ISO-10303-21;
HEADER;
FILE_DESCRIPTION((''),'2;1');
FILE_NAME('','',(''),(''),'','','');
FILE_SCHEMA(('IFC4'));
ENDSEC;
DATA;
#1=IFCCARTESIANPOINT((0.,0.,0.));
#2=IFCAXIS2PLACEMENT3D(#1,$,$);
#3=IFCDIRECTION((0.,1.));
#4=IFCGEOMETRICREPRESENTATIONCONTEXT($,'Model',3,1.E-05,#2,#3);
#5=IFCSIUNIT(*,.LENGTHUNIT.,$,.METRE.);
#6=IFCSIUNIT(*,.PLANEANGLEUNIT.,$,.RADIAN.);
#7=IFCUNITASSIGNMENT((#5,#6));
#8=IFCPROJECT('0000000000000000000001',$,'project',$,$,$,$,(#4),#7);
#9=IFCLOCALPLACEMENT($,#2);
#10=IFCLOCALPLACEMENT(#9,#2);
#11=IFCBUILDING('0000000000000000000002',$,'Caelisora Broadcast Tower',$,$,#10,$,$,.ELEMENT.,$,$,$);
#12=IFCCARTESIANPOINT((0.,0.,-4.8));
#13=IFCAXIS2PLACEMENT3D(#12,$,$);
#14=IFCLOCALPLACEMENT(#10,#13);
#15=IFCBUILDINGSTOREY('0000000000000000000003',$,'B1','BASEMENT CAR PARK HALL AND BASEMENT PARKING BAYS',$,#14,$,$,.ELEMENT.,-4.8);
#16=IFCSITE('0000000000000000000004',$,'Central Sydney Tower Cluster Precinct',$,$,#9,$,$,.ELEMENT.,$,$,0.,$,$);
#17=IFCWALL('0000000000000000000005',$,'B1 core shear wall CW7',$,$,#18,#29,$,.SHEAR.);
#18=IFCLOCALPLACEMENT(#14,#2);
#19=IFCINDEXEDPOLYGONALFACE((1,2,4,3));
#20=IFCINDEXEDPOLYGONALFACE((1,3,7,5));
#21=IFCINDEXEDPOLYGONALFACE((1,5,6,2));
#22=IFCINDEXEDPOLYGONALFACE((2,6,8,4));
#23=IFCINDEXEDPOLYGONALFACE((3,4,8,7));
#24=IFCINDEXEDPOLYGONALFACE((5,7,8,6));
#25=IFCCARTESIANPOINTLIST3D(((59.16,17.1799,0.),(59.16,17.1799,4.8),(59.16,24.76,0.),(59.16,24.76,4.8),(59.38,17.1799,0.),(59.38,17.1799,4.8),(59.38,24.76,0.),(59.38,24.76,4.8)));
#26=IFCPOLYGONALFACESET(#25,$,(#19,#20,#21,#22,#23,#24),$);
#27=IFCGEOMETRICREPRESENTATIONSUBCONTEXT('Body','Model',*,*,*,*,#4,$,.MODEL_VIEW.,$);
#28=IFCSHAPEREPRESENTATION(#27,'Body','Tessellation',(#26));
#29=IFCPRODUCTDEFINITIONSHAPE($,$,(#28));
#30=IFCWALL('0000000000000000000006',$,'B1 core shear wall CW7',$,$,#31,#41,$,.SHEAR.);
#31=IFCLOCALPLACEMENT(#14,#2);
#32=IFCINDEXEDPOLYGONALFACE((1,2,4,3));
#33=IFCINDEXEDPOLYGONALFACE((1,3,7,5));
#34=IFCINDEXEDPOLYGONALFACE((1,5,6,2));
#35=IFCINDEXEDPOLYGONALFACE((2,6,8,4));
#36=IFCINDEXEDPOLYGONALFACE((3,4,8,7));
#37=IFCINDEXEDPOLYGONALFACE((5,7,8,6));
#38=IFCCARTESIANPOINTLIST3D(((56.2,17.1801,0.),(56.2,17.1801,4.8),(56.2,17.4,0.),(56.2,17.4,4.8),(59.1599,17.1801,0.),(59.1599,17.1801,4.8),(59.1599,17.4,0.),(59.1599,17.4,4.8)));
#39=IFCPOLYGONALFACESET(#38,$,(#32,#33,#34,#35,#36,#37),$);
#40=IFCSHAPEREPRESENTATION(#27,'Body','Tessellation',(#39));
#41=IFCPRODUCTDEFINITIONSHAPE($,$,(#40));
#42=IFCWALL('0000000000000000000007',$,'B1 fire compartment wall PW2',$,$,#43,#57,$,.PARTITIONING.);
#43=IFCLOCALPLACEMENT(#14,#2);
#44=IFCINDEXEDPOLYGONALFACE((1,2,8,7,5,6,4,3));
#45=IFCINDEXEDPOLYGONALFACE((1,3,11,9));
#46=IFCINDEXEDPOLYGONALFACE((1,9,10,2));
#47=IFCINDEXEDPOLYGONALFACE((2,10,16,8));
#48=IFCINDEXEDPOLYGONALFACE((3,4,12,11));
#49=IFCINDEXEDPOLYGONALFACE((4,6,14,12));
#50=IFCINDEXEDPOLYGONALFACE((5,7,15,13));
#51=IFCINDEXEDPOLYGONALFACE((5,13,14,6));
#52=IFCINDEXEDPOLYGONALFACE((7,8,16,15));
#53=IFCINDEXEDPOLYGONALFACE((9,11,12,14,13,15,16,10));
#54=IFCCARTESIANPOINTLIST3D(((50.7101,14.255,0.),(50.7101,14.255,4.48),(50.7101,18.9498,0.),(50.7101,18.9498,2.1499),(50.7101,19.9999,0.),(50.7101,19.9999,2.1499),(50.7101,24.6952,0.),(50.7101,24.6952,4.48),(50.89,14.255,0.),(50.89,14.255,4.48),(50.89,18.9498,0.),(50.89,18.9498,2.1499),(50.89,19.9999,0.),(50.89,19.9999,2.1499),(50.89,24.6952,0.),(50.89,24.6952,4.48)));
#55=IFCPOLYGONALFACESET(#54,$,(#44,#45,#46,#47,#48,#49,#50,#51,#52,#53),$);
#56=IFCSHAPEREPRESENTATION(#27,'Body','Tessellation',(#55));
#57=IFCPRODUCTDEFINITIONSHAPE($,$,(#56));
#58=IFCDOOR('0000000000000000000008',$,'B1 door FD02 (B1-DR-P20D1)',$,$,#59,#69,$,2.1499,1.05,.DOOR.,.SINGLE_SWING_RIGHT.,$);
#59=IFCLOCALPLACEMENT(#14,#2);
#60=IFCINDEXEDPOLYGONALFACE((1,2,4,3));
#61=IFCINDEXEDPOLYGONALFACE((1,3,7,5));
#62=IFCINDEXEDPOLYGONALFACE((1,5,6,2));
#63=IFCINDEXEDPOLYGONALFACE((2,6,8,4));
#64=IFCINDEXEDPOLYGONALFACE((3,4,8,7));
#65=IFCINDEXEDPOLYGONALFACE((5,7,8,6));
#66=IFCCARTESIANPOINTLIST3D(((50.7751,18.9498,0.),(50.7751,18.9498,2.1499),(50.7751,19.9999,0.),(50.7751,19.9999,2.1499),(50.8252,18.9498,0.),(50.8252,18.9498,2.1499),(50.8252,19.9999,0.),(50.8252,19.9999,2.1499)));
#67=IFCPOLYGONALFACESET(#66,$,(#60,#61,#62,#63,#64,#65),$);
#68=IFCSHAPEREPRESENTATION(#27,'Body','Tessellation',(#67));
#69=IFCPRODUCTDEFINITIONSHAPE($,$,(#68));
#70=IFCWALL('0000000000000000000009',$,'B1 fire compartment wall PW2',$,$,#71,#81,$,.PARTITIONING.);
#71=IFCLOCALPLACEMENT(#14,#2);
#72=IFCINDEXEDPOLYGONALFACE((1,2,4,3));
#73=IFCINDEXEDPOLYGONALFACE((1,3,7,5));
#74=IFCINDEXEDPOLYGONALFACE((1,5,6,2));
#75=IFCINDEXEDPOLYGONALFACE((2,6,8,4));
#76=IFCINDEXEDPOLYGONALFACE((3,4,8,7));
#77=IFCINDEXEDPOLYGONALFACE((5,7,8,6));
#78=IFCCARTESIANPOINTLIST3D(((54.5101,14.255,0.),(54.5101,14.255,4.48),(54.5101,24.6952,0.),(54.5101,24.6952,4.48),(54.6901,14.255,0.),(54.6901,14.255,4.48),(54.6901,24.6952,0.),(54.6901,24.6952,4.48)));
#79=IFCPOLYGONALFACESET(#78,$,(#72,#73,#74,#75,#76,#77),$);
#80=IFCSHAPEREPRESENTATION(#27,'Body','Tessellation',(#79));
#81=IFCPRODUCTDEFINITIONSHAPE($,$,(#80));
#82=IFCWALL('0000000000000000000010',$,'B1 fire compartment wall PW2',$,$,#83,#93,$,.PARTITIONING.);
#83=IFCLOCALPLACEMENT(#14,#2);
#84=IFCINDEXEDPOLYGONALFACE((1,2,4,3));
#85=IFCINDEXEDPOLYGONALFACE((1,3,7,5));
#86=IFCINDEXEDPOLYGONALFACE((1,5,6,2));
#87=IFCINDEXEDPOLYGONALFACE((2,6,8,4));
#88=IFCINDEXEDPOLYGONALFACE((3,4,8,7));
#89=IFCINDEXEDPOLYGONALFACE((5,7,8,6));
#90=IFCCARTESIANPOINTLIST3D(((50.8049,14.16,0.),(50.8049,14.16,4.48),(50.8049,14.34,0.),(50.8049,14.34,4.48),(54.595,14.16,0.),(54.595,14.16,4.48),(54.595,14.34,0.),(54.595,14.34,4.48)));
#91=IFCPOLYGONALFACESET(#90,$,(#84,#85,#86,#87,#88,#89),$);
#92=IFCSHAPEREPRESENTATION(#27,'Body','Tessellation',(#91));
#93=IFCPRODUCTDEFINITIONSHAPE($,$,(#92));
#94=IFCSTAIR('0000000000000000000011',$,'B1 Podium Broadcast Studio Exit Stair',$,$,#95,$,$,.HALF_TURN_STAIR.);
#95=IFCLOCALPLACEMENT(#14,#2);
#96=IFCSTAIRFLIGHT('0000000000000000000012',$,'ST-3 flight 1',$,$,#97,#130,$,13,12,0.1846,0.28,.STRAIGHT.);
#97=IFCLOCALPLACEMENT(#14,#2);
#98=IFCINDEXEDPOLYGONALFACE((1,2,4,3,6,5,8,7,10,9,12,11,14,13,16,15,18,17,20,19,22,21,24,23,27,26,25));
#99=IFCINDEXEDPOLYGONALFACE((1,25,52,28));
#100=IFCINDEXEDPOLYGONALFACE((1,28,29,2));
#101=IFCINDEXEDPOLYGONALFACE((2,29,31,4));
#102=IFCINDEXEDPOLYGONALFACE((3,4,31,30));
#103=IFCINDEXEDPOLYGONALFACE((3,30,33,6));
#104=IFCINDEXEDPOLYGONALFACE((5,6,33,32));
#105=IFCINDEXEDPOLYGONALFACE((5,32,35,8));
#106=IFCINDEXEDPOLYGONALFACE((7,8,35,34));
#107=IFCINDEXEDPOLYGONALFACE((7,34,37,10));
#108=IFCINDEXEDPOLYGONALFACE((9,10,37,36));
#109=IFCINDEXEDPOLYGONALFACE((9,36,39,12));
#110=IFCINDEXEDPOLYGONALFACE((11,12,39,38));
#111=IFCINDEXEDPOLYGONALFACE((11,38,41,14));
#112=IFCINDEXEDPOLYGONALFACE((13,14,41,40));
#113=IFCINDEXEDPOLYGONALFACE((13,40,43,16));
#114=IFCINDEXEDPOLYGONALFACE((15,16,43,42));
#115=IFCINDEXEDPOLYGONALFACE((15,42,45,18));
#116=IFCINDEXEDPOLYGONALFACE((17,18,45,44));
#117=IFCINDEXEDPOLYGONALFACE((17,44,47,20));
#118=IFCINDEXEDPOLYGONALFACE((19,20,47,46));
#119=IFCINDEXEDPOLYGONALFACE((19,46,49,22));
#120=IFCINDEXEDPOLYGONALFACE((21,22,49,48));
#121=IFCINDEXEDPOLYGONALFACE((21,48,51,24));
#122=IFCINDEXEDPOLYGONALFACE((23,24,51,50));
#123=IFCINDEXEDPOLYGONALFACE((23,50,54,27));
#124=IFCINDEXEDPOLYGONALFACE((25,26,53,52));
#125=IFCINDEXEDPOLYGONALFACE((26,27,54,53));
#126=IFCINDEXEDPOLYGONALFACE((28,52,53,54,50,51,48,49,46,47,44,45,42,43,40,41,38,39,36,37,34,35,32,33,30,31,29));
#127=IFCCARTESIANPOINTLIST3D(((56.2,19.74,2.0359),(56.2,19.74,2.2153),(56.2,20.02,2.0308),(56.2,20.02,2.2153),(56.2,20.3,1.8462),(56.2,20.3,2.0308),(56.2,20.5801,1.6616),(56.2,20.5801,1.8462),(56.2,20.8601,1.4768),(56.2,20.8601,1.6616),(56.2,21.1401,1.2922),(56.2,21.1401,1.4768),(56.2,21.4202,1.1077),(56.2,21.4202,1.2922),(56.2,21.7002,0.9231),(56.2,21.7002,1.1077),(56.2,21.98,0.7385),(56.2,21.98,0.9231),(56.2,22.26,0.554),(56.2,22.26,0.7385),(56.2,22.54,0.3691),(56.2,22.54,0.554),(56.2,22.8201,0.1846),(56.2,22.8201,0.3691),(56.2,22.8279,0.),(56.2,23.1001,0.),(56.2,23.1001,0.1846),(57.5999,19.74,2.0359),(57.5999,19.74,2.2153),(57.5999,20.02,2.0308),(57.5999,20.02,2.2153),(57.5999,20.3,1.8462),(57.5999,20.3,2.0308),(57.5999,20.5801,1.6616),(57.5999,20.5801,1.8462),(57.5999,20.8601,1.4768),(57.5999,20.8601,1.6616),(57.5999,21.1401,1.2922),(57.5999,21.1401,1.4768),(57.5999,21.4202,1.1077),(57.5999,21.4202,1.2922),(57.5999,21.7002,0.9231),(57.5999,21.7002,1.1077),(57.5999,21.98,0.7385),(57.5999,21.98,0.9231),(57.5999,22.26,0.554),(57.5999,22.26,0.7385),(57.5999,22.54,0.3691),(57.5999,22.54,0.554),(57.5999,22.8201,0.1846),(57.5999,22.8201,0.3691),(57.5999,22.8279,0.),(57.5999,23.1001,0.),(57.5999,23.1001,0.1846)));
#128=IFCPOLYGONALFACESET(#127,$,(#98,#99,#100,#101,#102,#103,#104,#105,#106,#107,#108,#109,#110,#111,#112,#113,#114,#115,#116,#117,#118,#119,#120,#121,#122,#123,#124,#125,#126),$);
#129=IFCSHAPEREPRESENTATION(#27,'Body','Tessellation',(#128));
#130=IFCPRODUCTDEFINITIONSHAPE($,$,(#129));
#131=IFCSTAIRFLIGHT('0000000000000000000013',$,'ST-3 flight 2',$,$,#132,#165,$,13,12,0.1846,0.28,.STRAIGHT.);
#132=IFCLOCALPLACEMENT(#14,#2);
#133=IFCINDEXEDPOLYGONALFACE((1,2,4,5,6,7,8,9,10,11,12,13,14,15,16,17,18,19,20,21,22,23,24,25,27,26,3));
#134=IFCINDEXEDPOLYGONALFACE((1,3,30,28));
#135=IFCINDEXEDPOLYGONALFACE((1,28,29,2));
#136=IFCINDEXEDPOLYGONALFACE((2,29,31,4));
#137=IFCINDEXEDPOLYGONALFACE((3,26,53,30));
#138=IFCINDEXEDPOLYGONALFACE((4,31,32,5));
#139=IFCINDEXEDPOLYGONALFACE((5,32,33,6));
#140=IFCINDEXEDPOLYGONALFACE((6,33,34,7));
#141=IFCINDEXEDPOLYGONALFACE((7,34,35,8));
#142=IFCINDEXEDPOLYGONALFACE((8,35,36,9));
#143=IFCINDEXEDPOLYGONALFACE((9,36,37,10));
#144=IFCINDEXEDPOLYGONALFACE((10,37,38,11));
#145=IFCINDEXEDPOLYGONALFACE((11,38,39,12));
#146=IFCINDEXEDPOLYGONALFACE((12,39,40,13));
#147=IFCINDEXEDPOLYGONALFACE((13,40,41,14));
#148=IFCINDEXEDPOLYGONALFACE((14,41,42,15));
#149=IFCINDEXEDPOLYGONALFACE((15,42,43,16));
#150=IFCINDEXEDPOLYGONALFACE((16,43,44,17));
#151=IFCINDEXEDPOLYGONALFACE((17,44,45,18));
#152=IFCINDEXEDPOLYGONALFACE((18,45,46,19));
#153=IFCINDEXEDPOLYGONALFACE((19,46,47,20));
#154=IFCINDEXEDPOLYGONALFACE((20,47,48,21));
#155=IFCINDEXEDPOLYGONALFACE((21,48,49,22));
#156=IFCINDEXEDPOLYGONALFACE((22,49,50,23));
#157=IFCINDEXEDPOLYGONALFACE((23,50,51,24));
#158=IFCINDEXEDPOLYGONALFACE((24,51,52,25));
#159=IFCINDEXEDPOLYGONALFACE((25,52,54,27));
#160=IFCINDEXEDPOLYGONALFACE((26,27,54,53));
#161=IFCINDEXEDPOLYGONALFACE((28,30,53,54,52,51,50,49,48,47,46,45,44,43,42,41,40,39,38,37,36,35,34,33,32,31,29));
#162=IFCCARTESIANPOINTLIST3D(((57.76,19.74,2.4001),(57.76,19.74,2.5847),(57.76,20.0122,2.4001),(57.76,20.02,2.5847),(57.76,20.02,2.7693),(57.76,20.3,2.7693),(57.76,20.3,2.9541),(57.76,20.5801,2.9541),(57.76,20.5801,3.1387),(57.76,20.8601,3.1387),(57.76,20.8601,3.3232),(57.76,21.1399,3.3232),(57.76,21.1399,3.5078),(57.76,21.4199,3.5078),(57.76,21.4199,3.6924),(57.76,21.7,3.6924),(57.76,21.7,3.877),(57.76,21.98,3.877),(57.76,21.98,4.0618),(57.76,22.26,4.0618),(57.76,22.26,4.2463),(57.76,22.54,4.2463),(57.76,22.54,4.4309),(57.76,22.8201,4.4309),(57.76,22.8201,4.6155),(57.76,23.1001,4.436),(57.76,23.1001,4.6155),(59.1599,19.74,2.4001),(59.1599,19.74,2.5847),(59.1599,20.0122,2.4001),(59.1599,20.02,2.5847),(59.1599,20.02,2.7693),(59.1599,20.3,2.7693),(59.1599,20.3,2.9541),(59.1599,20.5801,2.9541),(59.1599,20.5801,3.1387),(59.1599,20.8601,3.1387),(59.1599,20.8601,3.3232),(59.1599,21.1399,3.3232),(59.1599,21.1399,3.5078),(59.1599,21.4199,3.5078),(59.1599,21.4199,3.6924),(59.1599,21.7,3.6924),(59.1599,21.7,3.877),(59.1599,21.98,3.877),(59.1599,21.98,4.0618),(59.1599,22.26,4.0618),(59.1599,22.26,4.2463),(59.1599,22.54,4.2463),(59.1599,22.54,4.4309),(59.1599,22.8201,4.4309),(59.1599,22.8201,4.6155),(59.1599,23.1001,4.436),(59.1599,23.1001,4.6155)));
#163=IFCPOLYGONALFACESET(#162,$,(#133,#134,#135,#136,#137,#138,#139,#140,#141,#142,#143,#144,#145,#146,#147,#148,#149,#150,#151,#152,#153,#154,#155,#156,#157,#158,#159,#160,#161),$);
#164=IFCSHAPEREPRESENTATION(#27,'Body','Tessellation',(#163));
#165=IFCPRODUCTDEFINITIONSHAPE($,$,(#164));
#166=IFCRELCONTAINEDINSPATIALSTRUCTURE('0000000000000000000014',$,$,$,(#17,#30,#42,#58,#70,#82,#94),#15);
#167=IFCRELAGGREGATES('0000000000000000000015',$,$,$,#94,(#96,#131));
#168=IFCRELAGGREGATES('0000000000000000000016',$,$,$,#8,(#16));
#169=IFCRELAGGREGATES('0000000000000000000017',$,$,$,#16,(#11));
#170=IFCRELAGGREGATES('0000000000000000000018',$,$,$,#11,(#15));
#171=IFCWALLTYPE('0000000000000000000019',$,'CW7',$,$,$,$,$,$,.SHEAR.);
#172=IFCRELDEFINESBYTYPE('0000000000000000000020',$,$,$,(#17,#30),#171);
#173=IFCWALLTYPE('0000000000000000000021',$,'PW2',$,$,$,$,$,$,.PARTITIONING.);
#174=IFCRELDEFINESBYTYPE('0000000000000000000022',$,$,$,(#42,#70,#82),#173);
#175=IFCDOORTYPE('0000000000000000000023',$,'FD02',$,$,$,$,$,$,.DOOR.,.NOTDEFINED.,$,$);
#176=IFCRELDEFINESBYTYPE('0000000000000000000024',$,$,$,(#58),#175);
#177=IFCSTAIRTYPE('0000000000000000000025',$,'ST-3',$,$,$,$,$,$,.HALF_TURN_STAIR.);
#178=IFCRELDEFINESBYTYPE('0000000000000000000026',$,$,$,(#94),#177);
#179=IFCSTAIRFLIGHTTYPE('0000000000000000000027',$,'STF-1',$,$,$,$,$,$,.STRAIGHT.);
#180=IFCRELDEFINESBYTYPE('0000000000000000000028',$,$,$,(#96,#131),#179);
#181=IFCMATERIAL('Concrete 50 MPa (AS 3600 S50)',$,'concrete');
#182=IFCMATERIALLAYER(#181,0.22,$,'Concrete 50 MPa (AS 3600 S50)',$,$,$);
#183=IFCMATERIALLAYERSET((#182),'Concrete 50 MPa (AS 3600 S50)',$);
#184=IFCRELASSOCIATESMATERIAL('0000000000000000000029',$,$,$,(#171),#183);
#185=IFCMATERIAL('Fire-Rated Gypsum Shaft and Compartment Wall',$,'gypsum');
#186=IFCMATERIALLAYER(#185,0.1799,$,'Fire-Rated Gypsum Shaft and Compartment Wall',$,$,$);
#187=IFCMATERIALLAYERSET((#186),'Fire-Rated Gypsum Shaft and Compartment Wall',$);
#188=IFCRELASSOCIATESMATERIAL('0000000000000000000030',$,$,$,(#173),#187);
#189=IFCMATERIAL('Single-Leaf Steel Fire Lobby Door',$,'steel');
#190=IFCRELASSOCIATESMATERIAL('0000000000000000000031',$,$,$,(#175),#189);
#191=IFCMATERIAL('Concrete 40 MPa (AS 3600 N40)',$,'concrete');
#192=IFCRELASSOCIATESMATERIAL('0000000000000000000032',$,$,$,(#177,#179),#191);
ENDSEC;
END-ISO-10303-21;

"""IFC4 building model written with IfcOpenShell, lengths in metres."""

from ifc_helpers import new_model, si_unit, direction, frame, frame_2d, origin, place, context, subcontext, project, spatial, polyline, rectangle, outline, extrude, material, layer, layer_set, type_object, element, fill, aggregate, save


model = new_model("IFC4")

# Units and contexts
model_context = context("Model", 3, precision=1e-05, world=origin(), true_north=direction((0.0, 1.0)))
body_context = subcontext(model_context, "Body", "Model", "MODEL_VIEW")
ifc_project = project(units=[si_unit("LENGTHUNIT", "METRE"), si_unit("PLANEANGLEUNIT", "RADIAN")], contexts=[model_context])

# Site, building, storey
site_placement = place(None, origin())
site = spatial("IfcSite", under=ifc_project, at=site_placement, Name="Central Sydney Tower Cluster Precinct", CompositionType="ELEMENT", RefElevation=0.0)
building_placement = place(site_placement, origin())
building = spatial("IfcBuilding", under=site, at=building_placement, Name="Caelisora Broadcast Tower", CompositionType="ELEMENT")
storey_placement = place(building_placement, frame((0.0, 0.0, -4.8)))
storey = spatial("IfcBuildingStorey", under=building, at=storey_placement, Name="B1", Description="BASEMENT CAR PARK HALL AND BASEMENT PARKING BAYS", CompositionType="ELEMENT", Elevation=-4.8)

# Shared definitions
ifc_material_1 = material(Name="Concrete 50 MPa (AS 3600 S50)", Category="concrete")

# Walls
ifc_layer_1 = layer(ifc_material_1, 0.22, Name="Concrete 50 MPa (AS 3600 S50)")
ifc_layer_set_1 = layer_set([ifc_layer_1], Name="Concrete 50 MPa (AS 3600 S50)")
wall_type_1 = type_object("IfcWallType", Name="CW7", PredefinedType="SHEAR", material=ifc_layer_set_1)
for number, where, z_axis, x_axis, name in (
    (1, (59.27, 17.1799, 0.0), (0.0, 0.0, 1.0), (0.0, 1.0, 0.0), "B1 core shear wall CW7"),
):
    element("IfcWall", number, at=place(storey_placement, frame(where, z_axis=z_axis, x_axis=x_axis)), inside=storey, type_object=wall_type_1, Name=name, PredefinedType="SHEAR", context=body_context, shape_type="SweptSolid", body=[
        extrude(rectangle(XDim=7.5801, YDim=0.22, at=frame_2d((3.79, 0.0))), origin(), (0.0, 0.0, 1.0), 4.8),
    ])
wall_1_placement = place(storey_placement, frame((56.2, 17.29, 0.0), z_axis=(0.0, 0.0, 1.0), x_axis=(1.0, 0.0, 0.0)))
element("IfcWall", 2, at=wall_1_placement, inside=storey, type_object=wall_type_1, Name="B1 core shear wall CW7", PredefinedType="SHEAR", context=body_context, shape_type="SweptSolid", body=[
    extrude(rectangle(XDim=2.96, YDim=0.22, at=frame_2d((1.48, 0.0))), origin(), (0.0, 0.0, 1.0), 4.8),
])

# Wall, opening, door
ifc_material_2 = material(Name="Fire-Rated Gypsum Shaft and Compartment Wall", Category="gypsum")
ifc_layer_2 = layer(ifc_material_2, 0.1799, Name="Fire-Rated Gypsum Shaft and Compartment Wall")
ifc_layer_set_2 = layer_set([ifc_layer_2], Name="Fire-Rated Gypsum Shaft and Compartment Wall")
wall_type_2 = type_object("IfcWallType", Name="PW2", PredefinedType="PARTITIONING", material=ifc_layer_set_2)
wall_2_placement = place(storey_placement, frame((50.8, 14.2549, 0.0), z_axis=(0.0, 0.0, 1.0), x_axis=(0.0, 1.0, 0.0)))
wall_2 = element("IfcWall", 3, at=wall_2_placement, inside=storey, type_object=wall_type_2, Name="B1 fire compartment wall PW2", PredefinedType="PARTITIONING", context=body_context, shape_type="SweptSolid", body=[
    extrude(rectangle(XDim=10.4402, YDim=0.1799, at=frame_2d((5.2202, 0.0))), origin(), (0.0, 0.0, 1.0), 4.48),
])
opening_placement = place(wall_2_placement, frame((4.6951, 0.0, 0.0)))
opening = element("IfcOpeningElement", 4, at=opening_placement, cuts=wall_2, PredefinedType="OPENING", context=body_context, shape_type="SweptSolid", body=[
    extrude(rectangle(XDim=1.05, YDim=2.1499, at=frame_2d((0.5249, 1.075))), frame((0.0, 0.1021, 0.0), z_axis=(0.0, -1.0, 0.0), x_axis=(1.0, 0.0, 0.0)), (0.0, 0.0, 1.0), 0.2039),
])
ifc_material_3 = material(Name="Single-Leaf Steel Fire Lobby Door", Category="steel")
door_type = type_object("IfcDoorType", Name="FD02", OperationType="NOTDEFINED", PredefinedType="DOOR", material=ifc_material_3)
door_placement = place(opening_placement, origin())
door = element("IfcDoor", 5, at=door_placement, inside=storey, type_object=door_type, Name="B1 door FD02 (B1-DR-P20D1)", OperationType="SINGLE_SWING_RIGHT", OverallHeight=2.1499, OverallWidth=1.05, PredefinedType="DOOR", context=body_context, shape_type="SweptSolid", body=[
    extrude(rectangle(XDim=1.05, YDim=2.1499, at=frame_2d((0.5249, 1.075))), frame((0.0, 0.0249, 0.0), z_axis=(0.0, -1.0, 0.0), x_axis=(1.0, 0.0, 0.0)), (0.0, 0.0, 1.0), 0.05),
])
fill(opening, door)

# Walls
wall_3_placement = place(storey_placement, frame((54.6001, 14.2549, 0.0), z_axis=(0.0, 0.0, 1.0), x_axis=(0.0, 1.0, 0.0)))
element("IfcWall", 6, at=wall_3_placement, inside=storey, type_object=wall_type_2, Name="B1 fire compartment wall PW2", PredefinedType="PARTITIONING", context=body_context, shape_type="SweptSolid", body=[
    extrude(rectangle(XDim=10.4402, YDim=0.1799, at=frame_2d((5.2202, 0.0))), origin(), (0.0, 0.0, 1.0), 4.48),
])
wall_4_placement = place(storey_placement, frame((50.8049, 14.25, 0.0), z_axis=(0.0, 0.0, 1.0), x_axis=(1.0, 0.0, 0.0)))
element("IfcWall", 7, at=wall_4_placement, inside=storey, type_object=wall_type_2, Name="B1 fire compartment wall PW2", PredefinedType="PARTITIONING", context=body_context, shape_type="SweptSolid", body=[
    extrude(rectangle(XDim=3.79, YDim=0.1799, at=frame_2d((1.895, 0.0))), origin(), (0.0, 0.0, 1.0), 4.48),
])

# Stair, stair flights
ifc_material_4 = material(Name="Concrete 40 MPa (AS 3600 N40)", Category="concrete")
stair_type = type_object("IfcStairType", Name="ST-3", PredefinedType="HALF_TURN_STAIR", material=ifc_material_4)
stair_placement = place(storey_placement, origin())
stair = element("IfcStair", 8, at=stair_placement, inside=storey, type_object=stair_type, Name="B1 Podium Broadcast Studio Exit Stair", PredefinedType="HALF_TURN_STAIR")
stair_flight_type = type_object("IfcStairFlightType", Name="STF-1", PredefinedType="STRAIGHT", material=ifc_material_4)
stair_flight_1_placement = place(storey_placement, frame((56.8999, 23.1001, 0.0), z_axis=(0.0, 0.0, 1.0), x_axis=(0.0, -1.0, 0.0)))
stair_flight_1 = element("IfcStairFlight", 9, at=stair_flight_1_placement, type_object=stair_flight_type, Name="ST-3 flight 1", NumberOfRisers=13, NumberOfTreads=12, PredefinedType="STRAIGHT", RiserHeight=0.1846, TreadLength=0.28, context=body_context, shape_type="SweptSolid", body=[
    extrude(outline(polyline([(0.0, 0.0), (0.0, 0.1846), (0.28, 0.1846), (0.28, 0.3691), (0.5601, 0.3691), (0.5601, 0.554), (0.8401, 0.554), (0.8401, 0.7385), (1.1201, 0.7385), (1.1201, 0.9231), (1.3999, 0.9231), (1.3999, 1.1077), (1.6799, 1.1077), (1.6799, 1.2922), (1.96, 1.2922), (1.96, 1.4768), (2.24, 1.4768), (2.24, 1.6616), (2.52, 1.6616), (2.52, 1.8462), (2.8, 1.8462), (2.8, 2.0308), (3.0801, 2.0308), (3.0801, 2.2153), (3.3601, 2.2153), (3.3601, 2.3999), (3.3601, 2.0359), (0.2722, 0.0), (0.0, 0.0)])), frame((0.0, 0.7, 0.0), z_axis=(0.0, -1.0, 0.0), x_axis=(1.0, 0.0, 0.0)), (0.0, 0.0, 1.0), 1.3999),
])
stair_flight_2_placement = place(storey_placement, frame((58.46, 19.74, 2.4001), z_axis=(0.0, 0.0, 1.0), x_axis=(0.0, 1.0, 0.0)))
stair_flight_2 = element("IfcStairFlight", 10, at=stair_flight_2_placement, type_object=stair_flight_type, Name="ST-3 flight 2", NumberOfRisers=13, NumberOfTreads=12, PredefinedType="STRAIGHT", RiserHeight=0.1846, TreadLength=0.28, context=body_context, shape_type="SweptSolid", body=[
    extrude(outline(polyline([(0.0, 0.0), (0.0, 0.1846), (0.28, 0.1846), (0.28, 0.3691), (0.5601, 0.3691), (0.5601, 0.554), (0.8401, 0.554), (0.8401, 0.7385), (1.1201, 0.7385), (1.1201, 0.9231), (1.3999, 0.9231), (1.3999, 1.1077), (1.6799, 1.1077), (1.6799, 1.2922), (1.96, 1.2922), (1.96, 1.4768), (2.24, 1.4768), (2.24, 1.6616), (2.52, 1.6616), (2.52, 1.8462), (2.8, 1.8462), (2.8, 2.0308), (3.0801, 2.0308), (3.0801, 2.2153), (3.3601, 2.2153), (3.3601, 2.3999), (3.3601, 2.0359), (0.2722, 0.0), (0.0, 0.0)])), frame((0.0, 0.7, 0.0), z_axis=(0.0, -1.0, 0.0), x_axis=(1.0, 0.0, 0.0)), (0.0, 0.0, 1.0), 1.3999),
])
aggregate(stair, [stair_flight_1, stair_flight_2])

save(model, "model.ifc")
